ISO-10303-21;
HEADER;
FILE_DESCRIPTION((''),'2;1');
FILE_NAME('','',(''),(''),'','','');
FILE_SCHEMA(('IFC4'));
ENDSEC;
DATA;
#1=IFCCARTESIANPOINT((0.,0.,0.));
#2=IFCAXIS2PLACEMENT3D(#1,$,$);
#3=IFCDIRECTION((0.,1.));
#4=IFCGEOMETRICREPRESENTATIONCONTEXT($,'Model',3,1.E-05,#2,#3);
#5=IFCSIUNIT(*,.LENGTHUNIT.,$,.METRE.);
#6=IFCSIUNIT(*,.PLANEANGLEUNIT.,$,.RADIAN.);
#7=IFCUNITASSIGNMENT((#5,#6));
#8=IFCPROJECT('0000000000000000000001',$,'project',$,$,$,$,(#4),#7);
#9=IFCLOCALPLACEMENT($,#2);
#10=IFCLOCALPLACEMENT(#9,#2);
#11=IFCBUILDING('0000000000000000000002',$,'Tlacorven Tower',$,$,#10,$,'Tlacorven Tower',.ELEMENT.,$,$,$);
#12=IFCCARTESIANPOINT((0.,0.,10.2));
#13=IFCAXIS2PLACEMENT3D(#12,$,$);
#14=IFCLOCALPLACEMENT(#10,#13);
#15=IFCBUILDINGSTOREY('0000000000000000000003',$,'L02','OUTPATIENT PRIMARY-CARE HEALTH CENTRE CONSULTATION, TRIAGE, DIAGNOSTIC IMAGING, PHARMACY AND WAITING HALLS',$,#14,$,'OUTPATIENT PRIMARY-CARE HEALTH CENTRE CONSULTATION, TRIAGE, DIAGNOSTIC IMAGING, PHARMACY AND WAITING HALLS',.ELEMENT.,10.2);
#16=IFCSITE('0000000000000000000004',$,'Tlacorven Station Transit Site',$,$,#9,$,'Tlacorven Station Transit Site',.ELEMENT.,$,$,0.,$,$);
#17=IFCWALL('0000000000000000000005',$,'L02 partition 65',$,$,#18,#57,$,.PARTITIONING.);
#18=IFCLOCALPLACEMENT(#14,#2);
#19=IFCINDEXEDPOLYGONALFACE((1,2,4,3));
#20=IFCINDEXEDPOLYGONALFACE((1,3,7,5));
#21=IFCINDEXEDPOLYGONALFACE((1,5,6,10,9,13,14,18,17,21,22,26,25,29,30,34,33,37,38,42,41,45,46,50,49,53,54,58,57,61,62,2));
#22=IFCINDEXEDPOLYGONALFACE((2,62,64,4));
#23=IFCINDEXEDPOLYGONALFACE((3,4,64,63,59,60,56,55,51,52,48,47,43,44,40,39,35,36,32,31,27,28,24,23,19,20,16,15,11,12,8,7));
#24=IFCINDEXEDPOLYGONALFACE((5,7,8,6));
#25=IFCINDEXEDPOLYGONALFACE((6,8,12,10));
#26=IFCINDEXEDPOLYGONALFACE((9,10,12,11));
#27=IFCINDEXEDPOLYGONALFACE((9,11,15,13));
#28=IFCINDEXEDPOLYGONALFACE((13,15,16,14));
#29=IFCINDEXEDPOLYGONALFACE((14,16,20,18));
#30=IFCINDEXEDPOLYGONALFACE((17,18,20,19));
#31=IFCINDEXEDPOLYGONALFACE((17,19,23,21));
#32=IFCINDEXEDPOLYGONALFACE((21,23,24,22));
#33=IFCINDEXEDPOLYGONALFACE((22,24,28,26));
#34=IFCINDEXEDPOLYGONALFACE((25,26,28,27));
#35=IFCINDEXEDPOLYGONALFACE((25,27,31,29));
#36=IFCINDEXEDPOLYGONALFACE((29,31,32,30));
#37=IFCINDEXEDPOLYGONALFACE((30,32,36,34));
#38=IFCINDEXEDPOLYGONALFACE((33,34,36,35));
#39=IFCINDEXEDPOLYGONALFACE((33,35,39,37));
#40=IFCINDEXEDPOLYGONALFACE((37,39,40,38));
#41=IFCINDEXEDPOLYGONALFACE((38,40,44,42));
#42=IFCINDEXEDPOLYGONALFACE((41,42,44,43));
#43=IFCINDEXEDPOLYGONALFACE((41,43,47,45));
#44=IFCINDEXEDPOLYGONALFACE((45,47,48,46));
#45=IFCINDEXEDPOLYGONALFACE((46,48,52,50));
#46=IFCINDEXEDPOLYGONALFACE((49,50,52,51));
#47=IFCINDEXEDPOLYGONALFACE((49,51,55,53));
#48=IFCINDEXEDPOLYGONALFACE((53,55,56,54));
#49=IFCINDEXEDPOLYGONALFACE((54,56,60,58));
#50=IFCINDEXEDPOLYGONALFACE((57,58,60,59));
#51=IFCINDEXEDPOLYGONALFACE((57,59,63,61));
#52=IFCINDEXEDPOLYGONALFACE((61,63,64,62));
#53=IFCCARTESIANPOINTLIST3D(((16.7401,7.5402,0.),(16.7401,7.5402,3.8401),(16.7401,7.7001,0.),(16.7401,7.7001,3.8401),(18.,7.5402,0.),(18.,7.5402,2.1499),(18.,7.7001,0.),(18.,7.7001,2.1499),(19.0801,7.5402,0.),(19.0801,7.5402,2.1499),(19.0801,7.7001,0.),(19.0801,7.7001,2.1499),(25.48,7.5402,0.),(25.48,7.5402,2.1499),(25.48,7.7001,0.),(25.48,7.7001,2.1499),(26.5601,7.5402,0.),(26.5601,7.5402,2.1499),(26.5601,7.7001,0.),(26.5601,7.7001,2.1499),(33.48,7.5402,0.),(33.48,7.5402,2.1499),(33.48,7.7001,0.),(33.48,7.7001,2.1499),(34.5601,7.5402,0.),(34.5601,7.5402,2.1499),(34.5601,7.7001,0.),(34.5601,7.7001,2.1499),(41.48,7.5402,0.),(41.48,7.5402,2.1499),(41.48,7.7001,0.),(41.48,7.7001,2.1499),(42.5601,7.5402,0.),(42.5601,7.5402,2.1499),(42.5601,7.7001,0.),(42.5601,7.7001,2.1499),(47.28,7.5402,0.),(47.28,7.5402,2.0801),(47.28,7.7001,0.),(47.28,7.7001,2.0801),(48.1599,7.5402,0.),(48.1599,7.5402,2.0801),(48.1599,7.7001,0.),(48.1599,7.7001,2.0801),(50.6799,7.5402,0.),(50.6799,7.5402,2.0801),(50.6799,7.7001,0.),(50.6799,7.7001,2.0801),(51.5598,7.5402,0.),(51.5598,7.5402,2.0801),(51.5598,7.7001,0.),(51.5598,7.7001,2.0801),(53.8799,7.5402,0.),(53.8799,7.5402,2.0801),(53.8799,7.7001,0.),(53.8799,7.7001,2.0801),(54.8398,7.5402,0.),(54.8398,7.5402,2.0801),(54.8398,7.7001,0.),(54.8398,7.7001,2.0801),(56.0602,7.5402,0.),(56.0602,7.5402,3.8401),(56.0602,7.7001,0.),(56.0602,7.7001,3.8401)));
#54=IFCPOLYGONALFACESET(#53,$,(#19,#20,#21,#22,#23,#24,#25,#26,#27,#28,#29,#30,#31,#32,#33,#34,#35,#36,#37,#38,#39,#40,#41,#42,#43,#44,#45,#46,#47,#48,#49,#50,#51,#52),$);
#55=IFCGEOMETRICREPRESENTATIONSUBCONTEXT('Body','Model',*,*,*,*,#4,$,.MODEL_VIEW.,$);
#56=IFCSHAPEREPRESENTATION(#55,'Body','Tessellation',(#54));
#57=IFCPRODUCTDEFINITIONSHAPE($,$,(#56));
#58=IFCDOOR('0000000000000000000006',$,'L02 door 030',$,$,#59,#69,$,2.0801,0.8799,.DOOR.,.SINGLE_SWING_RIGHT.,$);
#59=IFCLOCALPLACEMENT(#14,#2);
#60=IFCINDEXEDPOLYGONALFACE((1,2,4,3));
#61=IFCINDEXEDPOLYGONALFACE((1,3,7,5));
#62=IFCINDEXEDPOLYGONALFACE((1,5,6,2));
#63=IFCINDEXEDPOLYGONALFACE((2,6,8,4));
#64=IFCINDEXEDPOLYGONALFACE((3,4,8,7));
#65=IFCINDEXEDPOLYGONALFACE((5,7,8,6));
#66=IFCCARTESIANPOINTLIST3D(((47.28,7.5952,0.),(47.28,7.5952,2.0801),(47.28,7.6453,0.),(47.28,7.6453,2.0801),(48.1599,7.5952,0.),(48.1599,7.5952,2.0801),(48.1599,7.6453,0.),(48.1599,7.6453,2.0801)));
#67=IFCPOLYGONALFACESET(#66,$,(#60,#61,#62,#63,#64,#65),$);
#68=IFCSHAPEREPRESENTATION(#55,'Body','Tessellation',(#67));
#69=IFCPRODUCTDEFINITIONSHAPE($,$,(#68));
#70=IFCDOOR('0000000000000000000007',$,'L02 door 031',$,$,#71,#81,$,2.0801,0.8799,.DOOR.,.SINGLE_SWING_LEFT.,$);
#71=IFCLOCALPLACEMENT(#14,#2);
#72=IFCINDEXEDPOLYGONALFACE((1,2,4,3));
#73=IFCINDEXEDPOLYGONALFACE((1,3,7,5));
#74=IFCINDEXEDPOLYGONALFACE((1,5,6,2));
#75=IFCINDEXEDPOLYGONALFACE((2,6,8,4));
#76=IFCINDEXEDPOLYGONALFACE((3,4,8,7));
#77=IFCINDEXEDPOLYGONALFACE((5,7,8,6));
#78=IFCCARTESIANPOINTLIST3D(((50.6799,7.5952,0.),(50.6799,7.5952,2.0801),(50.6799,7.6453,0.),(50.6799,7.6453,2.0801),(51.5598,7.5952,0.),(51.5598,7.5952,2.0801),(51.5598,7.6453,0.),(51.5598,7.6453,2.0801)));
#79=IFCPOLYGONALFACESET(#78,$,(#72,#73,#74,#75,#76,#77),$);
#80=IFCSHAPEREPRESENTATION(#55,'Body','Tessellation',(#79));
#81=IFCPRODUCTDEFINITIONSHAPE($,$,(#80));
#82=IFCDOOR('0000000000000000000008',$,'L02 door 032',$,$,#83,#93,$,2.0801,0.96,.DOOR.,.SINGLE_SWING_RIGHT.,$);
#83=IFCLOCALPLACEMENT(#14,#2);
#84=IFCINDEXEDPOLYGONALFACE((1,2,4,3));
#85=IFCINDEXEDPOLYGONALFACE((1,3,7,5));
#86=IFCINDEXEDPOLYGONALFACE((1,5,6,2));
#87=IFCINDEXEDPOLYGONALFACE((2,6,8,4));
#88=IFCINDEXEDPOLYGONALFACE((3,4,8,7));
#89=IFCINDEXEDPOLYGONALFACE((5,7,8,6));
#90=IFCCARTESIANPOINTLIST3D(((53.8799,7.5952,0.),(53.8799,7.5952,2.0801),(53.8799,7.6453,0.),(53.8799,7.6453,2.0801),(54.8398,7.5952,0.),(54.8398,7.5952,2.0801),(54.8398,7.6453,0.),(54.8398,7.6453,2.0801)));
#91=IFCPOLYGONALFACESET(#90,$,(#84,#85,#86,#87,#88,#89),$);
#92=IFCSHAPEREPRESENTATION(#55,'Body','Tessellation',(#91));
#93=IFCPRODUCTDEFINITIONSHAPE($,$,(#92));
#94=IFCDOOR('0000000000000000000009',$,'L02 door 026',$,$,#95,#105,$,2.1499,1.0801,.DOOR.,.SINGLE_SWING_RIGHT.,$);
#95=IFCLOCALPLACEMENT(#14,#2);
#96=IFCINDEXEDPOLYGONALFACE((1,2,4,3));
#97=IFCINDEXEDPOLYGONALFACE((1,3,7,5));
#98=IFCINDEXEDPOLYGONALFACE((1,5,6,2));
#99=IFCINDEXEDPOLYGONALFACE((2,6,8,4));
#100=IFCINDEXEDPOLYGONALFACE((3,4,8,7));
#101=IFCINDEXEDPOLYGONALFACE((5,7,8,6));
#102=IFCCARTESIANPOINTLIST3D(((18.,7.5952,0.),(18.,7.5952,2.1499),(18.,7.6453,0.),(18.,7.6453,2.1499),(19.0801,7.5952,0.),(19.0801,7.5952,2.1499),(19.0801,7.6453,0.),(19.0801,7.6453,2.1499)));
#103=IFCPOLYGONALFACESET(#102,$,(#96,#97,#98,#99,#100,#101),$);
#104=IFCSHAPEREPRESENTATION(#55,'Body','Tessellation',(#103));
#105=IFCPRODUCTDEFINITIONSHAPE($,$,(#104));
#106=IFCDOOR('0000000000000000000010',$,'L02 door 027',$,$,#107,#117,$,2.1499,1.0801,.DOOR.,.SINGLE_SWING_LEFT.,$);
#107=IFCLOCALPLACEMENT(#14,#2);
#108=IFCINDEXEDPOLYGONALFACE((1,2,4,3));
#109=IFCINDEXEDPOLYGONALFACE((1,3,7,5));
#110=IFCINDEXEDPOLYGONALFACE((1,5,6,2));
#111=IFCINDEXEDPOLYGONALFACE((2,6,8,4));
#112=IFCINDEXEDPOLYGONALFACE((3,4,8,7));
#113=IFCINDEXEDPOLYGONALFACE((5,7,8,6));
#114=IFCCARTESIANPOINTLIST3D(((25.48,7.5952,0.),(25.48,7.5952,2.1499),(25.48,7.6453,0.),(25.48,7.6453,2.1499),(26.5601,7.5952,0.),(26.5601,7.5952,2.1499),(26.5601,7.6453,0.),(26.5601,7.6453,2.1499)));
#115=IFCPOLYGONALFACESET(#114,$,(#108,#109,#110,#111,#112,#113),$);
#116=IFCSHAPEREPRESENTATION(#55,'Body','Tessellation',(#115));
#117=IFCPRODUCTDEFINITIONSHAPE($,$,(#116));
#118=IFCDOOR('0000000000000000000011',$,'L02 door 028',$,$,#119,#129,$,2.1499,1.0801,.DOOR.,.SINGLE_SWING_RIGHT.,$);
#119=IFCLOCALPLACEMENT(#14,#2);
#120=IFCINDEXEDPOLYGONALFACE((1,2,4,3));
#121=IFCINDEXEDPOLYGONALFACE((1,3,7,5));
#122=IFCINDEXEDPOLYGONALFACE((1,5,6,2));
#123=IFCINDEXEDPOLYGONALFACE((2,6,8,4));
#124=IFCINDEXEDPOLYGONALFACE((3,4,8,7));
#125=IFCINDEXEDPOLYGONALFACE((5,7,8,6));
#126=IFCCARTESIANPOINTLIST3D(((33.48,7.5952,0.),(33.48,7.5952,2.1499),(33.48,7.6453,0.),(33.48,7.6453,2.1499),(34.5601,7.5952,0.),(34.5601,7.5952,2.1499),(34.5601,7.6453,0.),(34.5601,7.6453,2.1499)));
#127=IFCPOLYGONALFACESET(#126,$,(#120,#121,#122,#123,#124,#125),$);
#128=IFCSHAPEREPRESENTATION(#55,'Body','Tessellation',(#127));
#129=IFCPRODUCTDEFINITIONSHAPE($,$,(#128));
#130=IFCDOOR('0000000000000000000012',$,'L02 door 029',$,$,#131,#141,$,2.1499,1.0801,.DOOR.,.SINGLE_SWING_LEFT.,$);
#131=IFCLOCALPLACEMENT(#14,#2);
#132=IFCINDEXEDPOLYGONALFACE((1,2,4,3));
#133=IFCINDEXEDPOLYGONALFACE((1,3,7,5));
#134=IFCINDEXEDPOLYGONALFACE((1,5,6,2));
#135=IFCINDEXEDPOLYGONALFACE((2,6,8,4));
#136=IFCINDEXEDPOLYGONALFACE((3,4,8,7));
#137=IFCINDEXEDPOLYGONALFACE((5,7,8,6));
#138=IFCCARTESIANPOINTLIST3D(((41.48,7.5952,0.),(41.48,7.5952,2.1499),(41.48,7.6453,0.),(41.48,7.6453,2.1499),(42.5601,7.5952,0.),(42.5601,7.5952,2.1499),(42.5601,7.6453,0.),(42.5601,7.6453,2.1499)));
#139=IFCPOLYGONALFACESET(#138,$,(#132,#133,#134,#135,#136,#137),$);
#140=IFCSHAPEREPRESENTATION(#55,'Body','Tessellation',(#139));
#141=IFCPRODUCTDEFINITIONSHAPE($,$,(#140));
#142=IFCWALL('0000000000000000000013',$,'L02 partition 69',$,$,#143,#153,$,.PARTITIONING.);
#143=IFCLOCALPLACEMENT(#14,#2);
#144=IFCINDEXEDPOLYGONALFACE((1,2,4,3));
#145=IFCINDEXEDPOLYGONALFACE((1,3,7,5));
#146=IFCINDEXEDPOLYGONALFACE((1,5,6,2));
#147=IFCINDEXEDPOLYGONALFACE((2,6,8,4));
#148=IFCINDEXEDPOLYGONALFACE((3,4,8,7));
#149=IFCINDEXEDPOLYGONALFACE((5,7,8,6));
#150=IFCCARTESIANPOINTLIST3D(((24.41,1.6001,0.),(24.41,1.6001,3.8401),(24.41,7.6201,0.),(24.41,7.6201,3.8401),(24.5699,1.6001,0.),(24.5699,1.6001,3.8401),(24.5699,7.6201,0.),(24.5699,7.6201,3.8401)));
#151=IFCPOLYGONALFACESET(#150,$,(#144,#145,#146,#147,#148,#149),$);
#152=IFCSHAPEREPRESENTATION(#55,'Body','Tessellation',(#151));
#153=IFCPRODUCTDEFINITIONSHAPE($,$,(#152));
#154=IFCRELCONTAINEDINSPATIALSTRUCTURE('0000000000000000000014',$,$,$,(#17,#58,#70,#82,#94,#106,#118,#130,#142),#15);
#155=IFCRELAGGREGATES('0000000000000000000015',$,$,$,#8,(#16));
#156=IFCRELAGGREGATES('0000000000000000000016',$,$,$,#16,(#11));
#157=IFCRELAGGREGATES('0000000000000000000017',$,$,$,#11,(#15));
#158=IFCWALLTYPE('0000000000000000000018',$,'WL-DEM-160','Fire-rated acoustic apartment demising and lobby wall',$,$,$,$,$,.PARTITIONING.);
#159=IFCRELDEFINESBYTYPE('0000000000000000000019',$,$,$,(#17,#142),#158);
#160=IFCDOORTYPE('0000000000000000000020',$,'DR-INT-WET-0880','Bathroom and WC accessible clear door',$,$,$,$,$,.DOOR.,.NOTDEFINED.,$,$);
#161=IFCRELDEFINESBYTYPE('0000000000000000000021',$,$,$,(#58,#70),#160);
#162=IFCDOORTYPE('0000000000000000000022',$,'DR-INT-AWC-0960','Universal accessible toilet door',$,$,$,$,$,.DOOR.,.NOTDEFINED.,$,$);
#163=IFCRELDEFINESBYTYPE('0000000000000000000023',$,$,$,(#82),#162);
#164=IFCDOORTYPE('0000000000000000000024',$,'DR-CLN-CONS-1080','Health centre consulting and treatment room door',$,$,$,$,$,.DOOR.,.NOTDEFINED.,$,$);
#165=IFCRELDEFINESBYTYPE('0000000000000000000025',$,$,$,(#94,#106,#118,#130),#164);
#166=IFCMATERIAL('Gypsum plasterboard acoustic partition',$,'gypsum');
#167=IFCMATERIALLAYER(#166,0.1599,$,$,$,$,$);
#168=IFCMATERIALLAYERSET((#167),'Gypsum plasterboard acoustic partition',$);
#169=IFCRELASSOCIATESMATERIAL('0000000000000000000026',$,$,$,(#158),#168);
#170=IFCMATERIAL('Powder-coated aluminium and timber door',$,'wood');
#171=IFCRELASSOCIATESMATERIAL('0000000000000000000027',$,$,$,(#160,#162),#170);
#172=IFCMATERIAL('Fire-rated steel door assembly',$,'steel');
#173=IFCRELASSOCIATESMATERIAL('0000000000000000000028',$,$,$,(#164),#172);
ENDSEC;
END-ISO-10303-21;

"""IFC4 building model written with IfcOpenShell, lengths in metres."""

from ifc_helpers import new_model, si_unit, direction, frame, frame_2d, origin, place, context, subcontext, project, spatial, rectangle, extrude, source, transform, mapped, material, layer, layer_set, type_object, element, fill, save


model = new_model("IFC4")

# Units and contexts
model_context = context("Model", 3, precision=1e-05, world=origin(), true_north=direction((0.0, 1.0)))
body_context = subcontext(model_context, "Body", "Model", "MODEL_VIEW")
ifc_project = project(units=[si_unit("LENGTHUNIT", "METRE"), si_unit("PLANEANGLEUNIT", "RADIAN")], contexts=[model_context])

# Site, building, storey
site_placement = place(None, origin())
site = spatial("IfcSite", under=ifc_project, at=site_placement, Name="Tlacorven Station Transit Site", LongName="Tlacorven Station Transit Site", CompositionType="ELEMENT", RefElevation=0.0)
building_placement = place(site_placement, origin())
building = spatial("IfcBuilding", under=site, at=building_placement, Name="Tlacorven Tower", LongName="Tlacorven Tower", CompositionType="ELEMENT")
storey_placement = place(building_placement, frame((0.0, 0.0, 10.2)))
storey = spatial("IfcBuildingStorey", under=building, at=storey_placement, Name="L02", Description="OUTPATIENT PRIMARY-CARE HEALTH CENTRE CONSULTATION, TRIAGE, DIAGNOSTIC IMAGING, PHARMACY AND WAITING HALLS", LongName="OUTPATIENT PRIMARY-CARE HEALTH CENTRE CONSULTATION, TRIAGE, DIAGNOSTIC IMAGING, PHARMACY AND WAITING HALLS", CompositionType="ELEMENT", Elevation=10.2)

# Wall, openings, doors
ifc_material_1 = material(Name="Gypsum plasterboard acoustic partition", Category="gypsum")
ifc_layer_1 = layer(ifc_material_1, 0.1599)
ifc_layer_set_1 = layer_set([ifc_layer_1], Name="Gypsum plasterboard acoustic partition")
wall_type_1 = type_object("IfcWallType", Name="WL-DEM-160", Description="Fire-rated acoustic apartment demising and lobby wall", PredefinedType="PARTITIONING", material=ifc_layer_set_1)
wall_1_placement = place(storey_placement, frame((16.74, 7.6201, 0.0), z_axis=(0.0, 0.0, 1.0), x_axis=(1.0, 0.0, 0.0)))
wall_1 = element("IfcWall", 1, at=wall_1_placement, inside=storey, type_object=wall_type_1, Name="L02 partition 65", PredefinedType="PARTITIONING", context=body_context, shape_type="SweptSolid", body=[
    extrude(rectangle(XDim=39.3201, YDim=0.1599, at=frame_2d((19.6602, 0.0))), origin(), (0.0, 0.0, 1.0), 3.8401),
])
opening_1_placement = place(wall_1_placement, frame((1.26, 0.0, 0.0)))
opening_1 = element("IfcOpeningElement", 2, at=opening_1_placement, cuts=wall_1, PredefinedType="OPENING", context=body_context, shape_type="SweptSolid", body=[
    extrude(rectangle(XDim=1.0801, YDim=2.1499, at=frame_2d((0.54, 1.075))), frame((0.0, 0.0898, 0.0), z_axis=(0.0, -1.0, 0.0), x_axis=(1.0, 0.0, 0.0)), (0.0, 0.0, 1.0), 0.1799),
])
opening_2_placement = place(wall_1_placement, frame((8.74, 0.0, 0.0)))
opening_2 = element("IfcOpeningElement", 3, at=opening_2_placement, cuts=wall_1, PredefinedType="OPENING", context=body_context, shape_type="SweptSolid", body=[
    extrude(rectangle(XDim=1.0801, YDim=2.1499, at=frame_2d((0.54, 1.075))), frame((0.0, 0.0898, 0.0), z_axis=(0.0, -1.0, 0.0), x_axis=(1.0, 0.0, 0.0)), (0.0, 0.0, 1.0), 0.1799),
])
opening_3_placement = place(wall_1_placement, frame((16.74, 0.0, 0.0)))
opening_3 = element("IfcOpeningElement", 4, at=opening_3_placement, cuts=wall_1, PredefinedType="OPENING", context=body_context, shape_type="SweptSolid", body=[
    extrude(rectangle(XDim=1.0801, YDim=2.1499, at=frame_2d((0.54, 1.075))), frame((0.0, 0.0898, 0.0), z_axis=(0.0, -1.0, 0.0), x_axis=(1.0, 0.0, 0.0)), (0.0, 0.0, 1.0), 0.1799),
])
opening_4_placement = place(wall_1_placement, frame((24.74, 0.0, 0.0)))
opening_4 = element("IfcOpeningElement", 5, at=opening_4_placement, cuts=wall_1, PredefinedType="OPENING", context=body_context, shape_type="SweptSolid", body=[
    extrude(rectangle(XDim=1.0801, YDim=2.1499, at=frame_2d((0.54, 1.075))), frame((0.0, 0.0898, 0.0), z_axis=(0.0, -1.0, 0.0), x_axis=(1.0, 0.0, 0.0)), (0.0, 0.0, 1.0), 0.1799),
])
opening_5_placement = place(wall_1_placement, frame((30.54, 0.0, 0.0)))
opening_5 = element("IfcOpeningElement", 6, at=opening_5_placement, cuts=wall_1, PredefinedType="OPENING", context=body_context, shape_type="SweptSolid", body=[
    extrude(rectangle(XDim=0.8799, YDim=2.0801, at=frame_2d((0.4399, 1.04))), frame((0.0, 0.0898, 0.0), z_axis=(0.0, -1.0, 0.0), x_axis=(1.0, 0.0, 0.0)), (0.0, 0.0, 1.0), 0.1799),
])
opening_6_placement = place(wall_1_placement, frame((33.9399, 0.0, 0.0)))
opening_6 = element("IfcOpeningElement", 7, at=opening_6_placement, cuts=wall_1, PredefinedType="OPENING", context=body_context, shape_type="SweptSolid", body=[
    extrude(rectangle(XDim=0.8799, YDim=2.0801, at=frame_2d((0.4399, 1.04))), frame((0.0, 0.0898, 0.0), z_axis=(0.0, -1.0, 0.0), x_axis=(1.0, 0.0, 0.0)), (0.0, 0.0, 1.0), 0.1799),
])
opening_7_placement = place(wall_1_placement, frame((37.1399, 0.0, 0.0)))
opening_7 = element("IfcOpeningElement", 8, at=opening_7_placement, cuts=wall_1, PredefinedType="OPENING", context=body_context, shape_type="SweptSolid", body=[
    extrude(rectangle(XDim=0.96, YDim=2.0801, at=frame_2d((0.48, 1.04))), frame((0.0, 0.0898, 0.0), z_axis=(0.0, -1.0, 0.0), x_axis=(1.0, 0.0, 0.0)), (0.0, 0.0, 1.0), 0.1799),
])
ifc_material_2 = material(Name="Powder-coated aluminium and timber door", Category="wood")
door_type_1 = type_object("IfcDoorType", Name="DR-INT-WET-0880", Description="Bathroom and WC accessible clear door", OperationType="NOTDEFINED", PredefinedType="DOOR", material=ifc_material_2)
shared_shape_1 = source(origin(), body_context, "Body", "SweptSolid", [
    extrude(rectangle(XDim=0.8799, YDim=2.0801, at=frame_2d((0.4399, 1.04))), frame((0.0, 0.0249, 0.0), z_axis=(0.0, -1.0, 0.0), x_axis=(1.0, 0.0, 0.0)), (0.0, 0.0, 1.0), 0.05),
])
door_1_placement = place(opening_5_placement, frame((0.8799, 0.0, 0.0), z_axis=(0.0, 0.0, 1.0), x_axis=(-1.0, 0.0, 0.0)))
door_1 = element("IfcDoor", 9, at=door_1_placement, inside=storey, type_object=door_type_1, Name="L02 door 030", OperationType="SINGLE_SWING_RIGHT", OverallHeight=2.0801, OverallWidth=0.8799, PredefinedType="DOOR", context=body_context, shape_type="MappedRepresentation", body=[
    mapped(shared_shape_1, transform((0.0, 0.0, 0.0), scale=1.0)),
])
fill(opening_5, door_1)
door_2_placement = place(opening_6_placement, frame((0.8799, 0.0, 0.0), z_axis=(0.0, 0.0, 1.0), x_axis=(-1.0, 0.0, 0.0)))
door_2 = element("IfcDoor", 10, at=door_2_placement, inside=storey, type_object=door_type_1, Name="L02 door 031", OperationType="SINGLE_SWING_LEFT", OverallHeight=2.0801, OverallWidth=0.8799, PredefinedType="DOOR", context=body_context, shape_type="MappedRepresentation", body=[
    mapped(shared_shape_1, transform((0.0, 0.0, 0.0), scale=1.0)),
])
fill(opening_6, door_2)
door_type_2 = type_object("IfcDoorType", Name="DR-INT-AWC-0960", Description="Universal accessible toilet door", OperationType="NOTDEFINED", PredefinedType="DOOR", material=ifc_material_2)
shared_shape_2 = source(origin(), body_context, "Body", "SweptSolid", [
    extrude(rectangle(XDim=0.96, YDim=2.0801, at=frame_2d((0.48, 1.04))), frame((0.0, 0.0249, 0.0), z_axis=(0.0, -1.0, 0.0), x_axis=(1.0, 0.0, 0.0)), (0.0, 0.0, 1.0), 0.05),
])
door_3_placement = place(opening_7_placement, frame((0.96, 0.0, 0.0), z_axis=(0.0, 0.0, 1.0), x_axis=(-1.0, 0.0, 0.0)))
door_3 = element("IfcDoor", 11, at=door_3_placement, inside=storey, type_object=door_type_2, Name="L02 door 032", OperationType="SINGLE_SWING_RIGHT", OverallHeight=2.0801, OverallWidth=0.96, PredefinedType="DOOR", context=body_context, shape_type="MappedRepresentation", body=[
    mapped(shared_shape_2, transform((0.0, 0.0, 0.0), scale=1.0)),
])
fill(opening_7, door_3)
ifc_material_3 = material(Name="Fire-rated steel door assembly", Category="steel")
door_type_3 = type_object("IfcDoorType", Name="DR-CLN-CONS-1080", Description="Health centre consulting and treatment room door", OperationType="NOTDEFINED", PredefinedType="DOOR", material=ifc_material_3)
shared_shape_3 = source(origin(), body_context, "Body", "SweptSolid", [
    extrude(rectangle(XDim=1.0801, YDim=2.1499, at=frame_2d((0.54, 1.075))), frame((0.0, 0.0249, 0.0), z_axis=(0.0, -1.0, 0.0), x_axis=(1.0, 0.0, 0.0)), (0.0, 0.0, 1.0), 0.05),
])
door_4_placement = place(opening_1_placement, frame((1.0801, 0.0, 0.0), z_axis=(0.0, 0.0, 1.0), x_axis=(-1.0, 0.0, 0.0)))
door_4 = element("IfcDoor", 12, at=door_4_placement, inside=storey, type_object=door_type_3, Name="L02 door 026", OperationType="SINGLE_SWING_RIGHT", OverallHeight=2.1499, OverallWidth=1.0801, PredefinedType="DOOR", context=body_context, shape_type="MappedRepresentation", body=[
    mapped(shared_shape_3, transform((0.0, 0.0, 0.0), scale=1.0)),
])
fill(opening_1, door_4)
door_5_placement = place(opening_2_placement, frame((1.0801, 0.0, 0.0), z_axis=(0.0, 0.0, 1.0), x_axis=(-1.0, 0.0, 0.0)))
door_5 = element("IfcDoor", 13, at=door_5_placement, inside=storey, type_object=door_type_3, Name="L02 door 027", OperationType="SINGLE_SWING_LEFT", OverallHeight=2.1499, OverallWidth=1.0801, PredefinedType="DOOR", context=body_context, shape_type="MappedRepresentation", body=[
    mapped(shared_shape_3, transform((0.0, 0.0, 0.0), scale=1.0)),
])
fill(opening_2, door_5)
door_6_placement = place(opening_3_placement, frame((1.0801, 0.0, 0.0), z_axis=(0.0, 0.0, 1.0), x_axis=(-1.0, 0.0, 0.0)))
door_6 = element("IfcDoor", 14, at=door_6_placement, inside=storey, type_object=door_type_3, Name="L02 door 028", OperationType="SINGLE_SWING_RIGHT", OverallHeight=2.1499, OverallWidth=1.0801, PredefinedType="DOOR", context=body_context, shape_type="MappedRepresentation", body=[
    mapped(shared_shape_3, transform((0.0, 0.0, 0.0), scale=1.0)),
])
fill(opening_3, door_6)
door_7_placement = place(opening_4_placement, frame((1.0801, 0.0, 0.0), z_axis=(0.0, 0.0, 1.0), x_axis=(-1.0, 0.0, 0.0)))
door_7 = element("IfcDoor", 15, at=door_7_placement, inside=storey, type_object=door_type_3, Name="L02 door 029", OperationType="SINGLE_SWING_LEFT", OverallHeight=2.1499, OverallWidth=1.0801, PredefinedType="DOOR", context=body_context, shape_type="MappedRepresentation", body=[
    mapped(shared_shape_3, transform((0.0, 0.0, 0.0), scale=1.0)),
])
fill(opening_4, door_7)

# Wall
wall_2_placement = place(storey_placement, frame((24.49, 1.6001, 0.0), z_axis=(0.0, 0.0, 1.0), x_axis=(0.0, 1.0, 0.0)))
element("IfcWall", 16, at=wall_2_placement, inside=storey, type_object=wall_type_1, Name="L02 partition 69", PredefinedType="PARTITIONING", context=body_context, shape_type="SweptSolid", body=[
    extrude(rectangle(XDim=6.02, YDim=0.1599, at=frame_2d((3.01, 0.0))), origin(), (0.0, 0.0, 1.0), 3.8401),
])

save(model, "model.ifc")
